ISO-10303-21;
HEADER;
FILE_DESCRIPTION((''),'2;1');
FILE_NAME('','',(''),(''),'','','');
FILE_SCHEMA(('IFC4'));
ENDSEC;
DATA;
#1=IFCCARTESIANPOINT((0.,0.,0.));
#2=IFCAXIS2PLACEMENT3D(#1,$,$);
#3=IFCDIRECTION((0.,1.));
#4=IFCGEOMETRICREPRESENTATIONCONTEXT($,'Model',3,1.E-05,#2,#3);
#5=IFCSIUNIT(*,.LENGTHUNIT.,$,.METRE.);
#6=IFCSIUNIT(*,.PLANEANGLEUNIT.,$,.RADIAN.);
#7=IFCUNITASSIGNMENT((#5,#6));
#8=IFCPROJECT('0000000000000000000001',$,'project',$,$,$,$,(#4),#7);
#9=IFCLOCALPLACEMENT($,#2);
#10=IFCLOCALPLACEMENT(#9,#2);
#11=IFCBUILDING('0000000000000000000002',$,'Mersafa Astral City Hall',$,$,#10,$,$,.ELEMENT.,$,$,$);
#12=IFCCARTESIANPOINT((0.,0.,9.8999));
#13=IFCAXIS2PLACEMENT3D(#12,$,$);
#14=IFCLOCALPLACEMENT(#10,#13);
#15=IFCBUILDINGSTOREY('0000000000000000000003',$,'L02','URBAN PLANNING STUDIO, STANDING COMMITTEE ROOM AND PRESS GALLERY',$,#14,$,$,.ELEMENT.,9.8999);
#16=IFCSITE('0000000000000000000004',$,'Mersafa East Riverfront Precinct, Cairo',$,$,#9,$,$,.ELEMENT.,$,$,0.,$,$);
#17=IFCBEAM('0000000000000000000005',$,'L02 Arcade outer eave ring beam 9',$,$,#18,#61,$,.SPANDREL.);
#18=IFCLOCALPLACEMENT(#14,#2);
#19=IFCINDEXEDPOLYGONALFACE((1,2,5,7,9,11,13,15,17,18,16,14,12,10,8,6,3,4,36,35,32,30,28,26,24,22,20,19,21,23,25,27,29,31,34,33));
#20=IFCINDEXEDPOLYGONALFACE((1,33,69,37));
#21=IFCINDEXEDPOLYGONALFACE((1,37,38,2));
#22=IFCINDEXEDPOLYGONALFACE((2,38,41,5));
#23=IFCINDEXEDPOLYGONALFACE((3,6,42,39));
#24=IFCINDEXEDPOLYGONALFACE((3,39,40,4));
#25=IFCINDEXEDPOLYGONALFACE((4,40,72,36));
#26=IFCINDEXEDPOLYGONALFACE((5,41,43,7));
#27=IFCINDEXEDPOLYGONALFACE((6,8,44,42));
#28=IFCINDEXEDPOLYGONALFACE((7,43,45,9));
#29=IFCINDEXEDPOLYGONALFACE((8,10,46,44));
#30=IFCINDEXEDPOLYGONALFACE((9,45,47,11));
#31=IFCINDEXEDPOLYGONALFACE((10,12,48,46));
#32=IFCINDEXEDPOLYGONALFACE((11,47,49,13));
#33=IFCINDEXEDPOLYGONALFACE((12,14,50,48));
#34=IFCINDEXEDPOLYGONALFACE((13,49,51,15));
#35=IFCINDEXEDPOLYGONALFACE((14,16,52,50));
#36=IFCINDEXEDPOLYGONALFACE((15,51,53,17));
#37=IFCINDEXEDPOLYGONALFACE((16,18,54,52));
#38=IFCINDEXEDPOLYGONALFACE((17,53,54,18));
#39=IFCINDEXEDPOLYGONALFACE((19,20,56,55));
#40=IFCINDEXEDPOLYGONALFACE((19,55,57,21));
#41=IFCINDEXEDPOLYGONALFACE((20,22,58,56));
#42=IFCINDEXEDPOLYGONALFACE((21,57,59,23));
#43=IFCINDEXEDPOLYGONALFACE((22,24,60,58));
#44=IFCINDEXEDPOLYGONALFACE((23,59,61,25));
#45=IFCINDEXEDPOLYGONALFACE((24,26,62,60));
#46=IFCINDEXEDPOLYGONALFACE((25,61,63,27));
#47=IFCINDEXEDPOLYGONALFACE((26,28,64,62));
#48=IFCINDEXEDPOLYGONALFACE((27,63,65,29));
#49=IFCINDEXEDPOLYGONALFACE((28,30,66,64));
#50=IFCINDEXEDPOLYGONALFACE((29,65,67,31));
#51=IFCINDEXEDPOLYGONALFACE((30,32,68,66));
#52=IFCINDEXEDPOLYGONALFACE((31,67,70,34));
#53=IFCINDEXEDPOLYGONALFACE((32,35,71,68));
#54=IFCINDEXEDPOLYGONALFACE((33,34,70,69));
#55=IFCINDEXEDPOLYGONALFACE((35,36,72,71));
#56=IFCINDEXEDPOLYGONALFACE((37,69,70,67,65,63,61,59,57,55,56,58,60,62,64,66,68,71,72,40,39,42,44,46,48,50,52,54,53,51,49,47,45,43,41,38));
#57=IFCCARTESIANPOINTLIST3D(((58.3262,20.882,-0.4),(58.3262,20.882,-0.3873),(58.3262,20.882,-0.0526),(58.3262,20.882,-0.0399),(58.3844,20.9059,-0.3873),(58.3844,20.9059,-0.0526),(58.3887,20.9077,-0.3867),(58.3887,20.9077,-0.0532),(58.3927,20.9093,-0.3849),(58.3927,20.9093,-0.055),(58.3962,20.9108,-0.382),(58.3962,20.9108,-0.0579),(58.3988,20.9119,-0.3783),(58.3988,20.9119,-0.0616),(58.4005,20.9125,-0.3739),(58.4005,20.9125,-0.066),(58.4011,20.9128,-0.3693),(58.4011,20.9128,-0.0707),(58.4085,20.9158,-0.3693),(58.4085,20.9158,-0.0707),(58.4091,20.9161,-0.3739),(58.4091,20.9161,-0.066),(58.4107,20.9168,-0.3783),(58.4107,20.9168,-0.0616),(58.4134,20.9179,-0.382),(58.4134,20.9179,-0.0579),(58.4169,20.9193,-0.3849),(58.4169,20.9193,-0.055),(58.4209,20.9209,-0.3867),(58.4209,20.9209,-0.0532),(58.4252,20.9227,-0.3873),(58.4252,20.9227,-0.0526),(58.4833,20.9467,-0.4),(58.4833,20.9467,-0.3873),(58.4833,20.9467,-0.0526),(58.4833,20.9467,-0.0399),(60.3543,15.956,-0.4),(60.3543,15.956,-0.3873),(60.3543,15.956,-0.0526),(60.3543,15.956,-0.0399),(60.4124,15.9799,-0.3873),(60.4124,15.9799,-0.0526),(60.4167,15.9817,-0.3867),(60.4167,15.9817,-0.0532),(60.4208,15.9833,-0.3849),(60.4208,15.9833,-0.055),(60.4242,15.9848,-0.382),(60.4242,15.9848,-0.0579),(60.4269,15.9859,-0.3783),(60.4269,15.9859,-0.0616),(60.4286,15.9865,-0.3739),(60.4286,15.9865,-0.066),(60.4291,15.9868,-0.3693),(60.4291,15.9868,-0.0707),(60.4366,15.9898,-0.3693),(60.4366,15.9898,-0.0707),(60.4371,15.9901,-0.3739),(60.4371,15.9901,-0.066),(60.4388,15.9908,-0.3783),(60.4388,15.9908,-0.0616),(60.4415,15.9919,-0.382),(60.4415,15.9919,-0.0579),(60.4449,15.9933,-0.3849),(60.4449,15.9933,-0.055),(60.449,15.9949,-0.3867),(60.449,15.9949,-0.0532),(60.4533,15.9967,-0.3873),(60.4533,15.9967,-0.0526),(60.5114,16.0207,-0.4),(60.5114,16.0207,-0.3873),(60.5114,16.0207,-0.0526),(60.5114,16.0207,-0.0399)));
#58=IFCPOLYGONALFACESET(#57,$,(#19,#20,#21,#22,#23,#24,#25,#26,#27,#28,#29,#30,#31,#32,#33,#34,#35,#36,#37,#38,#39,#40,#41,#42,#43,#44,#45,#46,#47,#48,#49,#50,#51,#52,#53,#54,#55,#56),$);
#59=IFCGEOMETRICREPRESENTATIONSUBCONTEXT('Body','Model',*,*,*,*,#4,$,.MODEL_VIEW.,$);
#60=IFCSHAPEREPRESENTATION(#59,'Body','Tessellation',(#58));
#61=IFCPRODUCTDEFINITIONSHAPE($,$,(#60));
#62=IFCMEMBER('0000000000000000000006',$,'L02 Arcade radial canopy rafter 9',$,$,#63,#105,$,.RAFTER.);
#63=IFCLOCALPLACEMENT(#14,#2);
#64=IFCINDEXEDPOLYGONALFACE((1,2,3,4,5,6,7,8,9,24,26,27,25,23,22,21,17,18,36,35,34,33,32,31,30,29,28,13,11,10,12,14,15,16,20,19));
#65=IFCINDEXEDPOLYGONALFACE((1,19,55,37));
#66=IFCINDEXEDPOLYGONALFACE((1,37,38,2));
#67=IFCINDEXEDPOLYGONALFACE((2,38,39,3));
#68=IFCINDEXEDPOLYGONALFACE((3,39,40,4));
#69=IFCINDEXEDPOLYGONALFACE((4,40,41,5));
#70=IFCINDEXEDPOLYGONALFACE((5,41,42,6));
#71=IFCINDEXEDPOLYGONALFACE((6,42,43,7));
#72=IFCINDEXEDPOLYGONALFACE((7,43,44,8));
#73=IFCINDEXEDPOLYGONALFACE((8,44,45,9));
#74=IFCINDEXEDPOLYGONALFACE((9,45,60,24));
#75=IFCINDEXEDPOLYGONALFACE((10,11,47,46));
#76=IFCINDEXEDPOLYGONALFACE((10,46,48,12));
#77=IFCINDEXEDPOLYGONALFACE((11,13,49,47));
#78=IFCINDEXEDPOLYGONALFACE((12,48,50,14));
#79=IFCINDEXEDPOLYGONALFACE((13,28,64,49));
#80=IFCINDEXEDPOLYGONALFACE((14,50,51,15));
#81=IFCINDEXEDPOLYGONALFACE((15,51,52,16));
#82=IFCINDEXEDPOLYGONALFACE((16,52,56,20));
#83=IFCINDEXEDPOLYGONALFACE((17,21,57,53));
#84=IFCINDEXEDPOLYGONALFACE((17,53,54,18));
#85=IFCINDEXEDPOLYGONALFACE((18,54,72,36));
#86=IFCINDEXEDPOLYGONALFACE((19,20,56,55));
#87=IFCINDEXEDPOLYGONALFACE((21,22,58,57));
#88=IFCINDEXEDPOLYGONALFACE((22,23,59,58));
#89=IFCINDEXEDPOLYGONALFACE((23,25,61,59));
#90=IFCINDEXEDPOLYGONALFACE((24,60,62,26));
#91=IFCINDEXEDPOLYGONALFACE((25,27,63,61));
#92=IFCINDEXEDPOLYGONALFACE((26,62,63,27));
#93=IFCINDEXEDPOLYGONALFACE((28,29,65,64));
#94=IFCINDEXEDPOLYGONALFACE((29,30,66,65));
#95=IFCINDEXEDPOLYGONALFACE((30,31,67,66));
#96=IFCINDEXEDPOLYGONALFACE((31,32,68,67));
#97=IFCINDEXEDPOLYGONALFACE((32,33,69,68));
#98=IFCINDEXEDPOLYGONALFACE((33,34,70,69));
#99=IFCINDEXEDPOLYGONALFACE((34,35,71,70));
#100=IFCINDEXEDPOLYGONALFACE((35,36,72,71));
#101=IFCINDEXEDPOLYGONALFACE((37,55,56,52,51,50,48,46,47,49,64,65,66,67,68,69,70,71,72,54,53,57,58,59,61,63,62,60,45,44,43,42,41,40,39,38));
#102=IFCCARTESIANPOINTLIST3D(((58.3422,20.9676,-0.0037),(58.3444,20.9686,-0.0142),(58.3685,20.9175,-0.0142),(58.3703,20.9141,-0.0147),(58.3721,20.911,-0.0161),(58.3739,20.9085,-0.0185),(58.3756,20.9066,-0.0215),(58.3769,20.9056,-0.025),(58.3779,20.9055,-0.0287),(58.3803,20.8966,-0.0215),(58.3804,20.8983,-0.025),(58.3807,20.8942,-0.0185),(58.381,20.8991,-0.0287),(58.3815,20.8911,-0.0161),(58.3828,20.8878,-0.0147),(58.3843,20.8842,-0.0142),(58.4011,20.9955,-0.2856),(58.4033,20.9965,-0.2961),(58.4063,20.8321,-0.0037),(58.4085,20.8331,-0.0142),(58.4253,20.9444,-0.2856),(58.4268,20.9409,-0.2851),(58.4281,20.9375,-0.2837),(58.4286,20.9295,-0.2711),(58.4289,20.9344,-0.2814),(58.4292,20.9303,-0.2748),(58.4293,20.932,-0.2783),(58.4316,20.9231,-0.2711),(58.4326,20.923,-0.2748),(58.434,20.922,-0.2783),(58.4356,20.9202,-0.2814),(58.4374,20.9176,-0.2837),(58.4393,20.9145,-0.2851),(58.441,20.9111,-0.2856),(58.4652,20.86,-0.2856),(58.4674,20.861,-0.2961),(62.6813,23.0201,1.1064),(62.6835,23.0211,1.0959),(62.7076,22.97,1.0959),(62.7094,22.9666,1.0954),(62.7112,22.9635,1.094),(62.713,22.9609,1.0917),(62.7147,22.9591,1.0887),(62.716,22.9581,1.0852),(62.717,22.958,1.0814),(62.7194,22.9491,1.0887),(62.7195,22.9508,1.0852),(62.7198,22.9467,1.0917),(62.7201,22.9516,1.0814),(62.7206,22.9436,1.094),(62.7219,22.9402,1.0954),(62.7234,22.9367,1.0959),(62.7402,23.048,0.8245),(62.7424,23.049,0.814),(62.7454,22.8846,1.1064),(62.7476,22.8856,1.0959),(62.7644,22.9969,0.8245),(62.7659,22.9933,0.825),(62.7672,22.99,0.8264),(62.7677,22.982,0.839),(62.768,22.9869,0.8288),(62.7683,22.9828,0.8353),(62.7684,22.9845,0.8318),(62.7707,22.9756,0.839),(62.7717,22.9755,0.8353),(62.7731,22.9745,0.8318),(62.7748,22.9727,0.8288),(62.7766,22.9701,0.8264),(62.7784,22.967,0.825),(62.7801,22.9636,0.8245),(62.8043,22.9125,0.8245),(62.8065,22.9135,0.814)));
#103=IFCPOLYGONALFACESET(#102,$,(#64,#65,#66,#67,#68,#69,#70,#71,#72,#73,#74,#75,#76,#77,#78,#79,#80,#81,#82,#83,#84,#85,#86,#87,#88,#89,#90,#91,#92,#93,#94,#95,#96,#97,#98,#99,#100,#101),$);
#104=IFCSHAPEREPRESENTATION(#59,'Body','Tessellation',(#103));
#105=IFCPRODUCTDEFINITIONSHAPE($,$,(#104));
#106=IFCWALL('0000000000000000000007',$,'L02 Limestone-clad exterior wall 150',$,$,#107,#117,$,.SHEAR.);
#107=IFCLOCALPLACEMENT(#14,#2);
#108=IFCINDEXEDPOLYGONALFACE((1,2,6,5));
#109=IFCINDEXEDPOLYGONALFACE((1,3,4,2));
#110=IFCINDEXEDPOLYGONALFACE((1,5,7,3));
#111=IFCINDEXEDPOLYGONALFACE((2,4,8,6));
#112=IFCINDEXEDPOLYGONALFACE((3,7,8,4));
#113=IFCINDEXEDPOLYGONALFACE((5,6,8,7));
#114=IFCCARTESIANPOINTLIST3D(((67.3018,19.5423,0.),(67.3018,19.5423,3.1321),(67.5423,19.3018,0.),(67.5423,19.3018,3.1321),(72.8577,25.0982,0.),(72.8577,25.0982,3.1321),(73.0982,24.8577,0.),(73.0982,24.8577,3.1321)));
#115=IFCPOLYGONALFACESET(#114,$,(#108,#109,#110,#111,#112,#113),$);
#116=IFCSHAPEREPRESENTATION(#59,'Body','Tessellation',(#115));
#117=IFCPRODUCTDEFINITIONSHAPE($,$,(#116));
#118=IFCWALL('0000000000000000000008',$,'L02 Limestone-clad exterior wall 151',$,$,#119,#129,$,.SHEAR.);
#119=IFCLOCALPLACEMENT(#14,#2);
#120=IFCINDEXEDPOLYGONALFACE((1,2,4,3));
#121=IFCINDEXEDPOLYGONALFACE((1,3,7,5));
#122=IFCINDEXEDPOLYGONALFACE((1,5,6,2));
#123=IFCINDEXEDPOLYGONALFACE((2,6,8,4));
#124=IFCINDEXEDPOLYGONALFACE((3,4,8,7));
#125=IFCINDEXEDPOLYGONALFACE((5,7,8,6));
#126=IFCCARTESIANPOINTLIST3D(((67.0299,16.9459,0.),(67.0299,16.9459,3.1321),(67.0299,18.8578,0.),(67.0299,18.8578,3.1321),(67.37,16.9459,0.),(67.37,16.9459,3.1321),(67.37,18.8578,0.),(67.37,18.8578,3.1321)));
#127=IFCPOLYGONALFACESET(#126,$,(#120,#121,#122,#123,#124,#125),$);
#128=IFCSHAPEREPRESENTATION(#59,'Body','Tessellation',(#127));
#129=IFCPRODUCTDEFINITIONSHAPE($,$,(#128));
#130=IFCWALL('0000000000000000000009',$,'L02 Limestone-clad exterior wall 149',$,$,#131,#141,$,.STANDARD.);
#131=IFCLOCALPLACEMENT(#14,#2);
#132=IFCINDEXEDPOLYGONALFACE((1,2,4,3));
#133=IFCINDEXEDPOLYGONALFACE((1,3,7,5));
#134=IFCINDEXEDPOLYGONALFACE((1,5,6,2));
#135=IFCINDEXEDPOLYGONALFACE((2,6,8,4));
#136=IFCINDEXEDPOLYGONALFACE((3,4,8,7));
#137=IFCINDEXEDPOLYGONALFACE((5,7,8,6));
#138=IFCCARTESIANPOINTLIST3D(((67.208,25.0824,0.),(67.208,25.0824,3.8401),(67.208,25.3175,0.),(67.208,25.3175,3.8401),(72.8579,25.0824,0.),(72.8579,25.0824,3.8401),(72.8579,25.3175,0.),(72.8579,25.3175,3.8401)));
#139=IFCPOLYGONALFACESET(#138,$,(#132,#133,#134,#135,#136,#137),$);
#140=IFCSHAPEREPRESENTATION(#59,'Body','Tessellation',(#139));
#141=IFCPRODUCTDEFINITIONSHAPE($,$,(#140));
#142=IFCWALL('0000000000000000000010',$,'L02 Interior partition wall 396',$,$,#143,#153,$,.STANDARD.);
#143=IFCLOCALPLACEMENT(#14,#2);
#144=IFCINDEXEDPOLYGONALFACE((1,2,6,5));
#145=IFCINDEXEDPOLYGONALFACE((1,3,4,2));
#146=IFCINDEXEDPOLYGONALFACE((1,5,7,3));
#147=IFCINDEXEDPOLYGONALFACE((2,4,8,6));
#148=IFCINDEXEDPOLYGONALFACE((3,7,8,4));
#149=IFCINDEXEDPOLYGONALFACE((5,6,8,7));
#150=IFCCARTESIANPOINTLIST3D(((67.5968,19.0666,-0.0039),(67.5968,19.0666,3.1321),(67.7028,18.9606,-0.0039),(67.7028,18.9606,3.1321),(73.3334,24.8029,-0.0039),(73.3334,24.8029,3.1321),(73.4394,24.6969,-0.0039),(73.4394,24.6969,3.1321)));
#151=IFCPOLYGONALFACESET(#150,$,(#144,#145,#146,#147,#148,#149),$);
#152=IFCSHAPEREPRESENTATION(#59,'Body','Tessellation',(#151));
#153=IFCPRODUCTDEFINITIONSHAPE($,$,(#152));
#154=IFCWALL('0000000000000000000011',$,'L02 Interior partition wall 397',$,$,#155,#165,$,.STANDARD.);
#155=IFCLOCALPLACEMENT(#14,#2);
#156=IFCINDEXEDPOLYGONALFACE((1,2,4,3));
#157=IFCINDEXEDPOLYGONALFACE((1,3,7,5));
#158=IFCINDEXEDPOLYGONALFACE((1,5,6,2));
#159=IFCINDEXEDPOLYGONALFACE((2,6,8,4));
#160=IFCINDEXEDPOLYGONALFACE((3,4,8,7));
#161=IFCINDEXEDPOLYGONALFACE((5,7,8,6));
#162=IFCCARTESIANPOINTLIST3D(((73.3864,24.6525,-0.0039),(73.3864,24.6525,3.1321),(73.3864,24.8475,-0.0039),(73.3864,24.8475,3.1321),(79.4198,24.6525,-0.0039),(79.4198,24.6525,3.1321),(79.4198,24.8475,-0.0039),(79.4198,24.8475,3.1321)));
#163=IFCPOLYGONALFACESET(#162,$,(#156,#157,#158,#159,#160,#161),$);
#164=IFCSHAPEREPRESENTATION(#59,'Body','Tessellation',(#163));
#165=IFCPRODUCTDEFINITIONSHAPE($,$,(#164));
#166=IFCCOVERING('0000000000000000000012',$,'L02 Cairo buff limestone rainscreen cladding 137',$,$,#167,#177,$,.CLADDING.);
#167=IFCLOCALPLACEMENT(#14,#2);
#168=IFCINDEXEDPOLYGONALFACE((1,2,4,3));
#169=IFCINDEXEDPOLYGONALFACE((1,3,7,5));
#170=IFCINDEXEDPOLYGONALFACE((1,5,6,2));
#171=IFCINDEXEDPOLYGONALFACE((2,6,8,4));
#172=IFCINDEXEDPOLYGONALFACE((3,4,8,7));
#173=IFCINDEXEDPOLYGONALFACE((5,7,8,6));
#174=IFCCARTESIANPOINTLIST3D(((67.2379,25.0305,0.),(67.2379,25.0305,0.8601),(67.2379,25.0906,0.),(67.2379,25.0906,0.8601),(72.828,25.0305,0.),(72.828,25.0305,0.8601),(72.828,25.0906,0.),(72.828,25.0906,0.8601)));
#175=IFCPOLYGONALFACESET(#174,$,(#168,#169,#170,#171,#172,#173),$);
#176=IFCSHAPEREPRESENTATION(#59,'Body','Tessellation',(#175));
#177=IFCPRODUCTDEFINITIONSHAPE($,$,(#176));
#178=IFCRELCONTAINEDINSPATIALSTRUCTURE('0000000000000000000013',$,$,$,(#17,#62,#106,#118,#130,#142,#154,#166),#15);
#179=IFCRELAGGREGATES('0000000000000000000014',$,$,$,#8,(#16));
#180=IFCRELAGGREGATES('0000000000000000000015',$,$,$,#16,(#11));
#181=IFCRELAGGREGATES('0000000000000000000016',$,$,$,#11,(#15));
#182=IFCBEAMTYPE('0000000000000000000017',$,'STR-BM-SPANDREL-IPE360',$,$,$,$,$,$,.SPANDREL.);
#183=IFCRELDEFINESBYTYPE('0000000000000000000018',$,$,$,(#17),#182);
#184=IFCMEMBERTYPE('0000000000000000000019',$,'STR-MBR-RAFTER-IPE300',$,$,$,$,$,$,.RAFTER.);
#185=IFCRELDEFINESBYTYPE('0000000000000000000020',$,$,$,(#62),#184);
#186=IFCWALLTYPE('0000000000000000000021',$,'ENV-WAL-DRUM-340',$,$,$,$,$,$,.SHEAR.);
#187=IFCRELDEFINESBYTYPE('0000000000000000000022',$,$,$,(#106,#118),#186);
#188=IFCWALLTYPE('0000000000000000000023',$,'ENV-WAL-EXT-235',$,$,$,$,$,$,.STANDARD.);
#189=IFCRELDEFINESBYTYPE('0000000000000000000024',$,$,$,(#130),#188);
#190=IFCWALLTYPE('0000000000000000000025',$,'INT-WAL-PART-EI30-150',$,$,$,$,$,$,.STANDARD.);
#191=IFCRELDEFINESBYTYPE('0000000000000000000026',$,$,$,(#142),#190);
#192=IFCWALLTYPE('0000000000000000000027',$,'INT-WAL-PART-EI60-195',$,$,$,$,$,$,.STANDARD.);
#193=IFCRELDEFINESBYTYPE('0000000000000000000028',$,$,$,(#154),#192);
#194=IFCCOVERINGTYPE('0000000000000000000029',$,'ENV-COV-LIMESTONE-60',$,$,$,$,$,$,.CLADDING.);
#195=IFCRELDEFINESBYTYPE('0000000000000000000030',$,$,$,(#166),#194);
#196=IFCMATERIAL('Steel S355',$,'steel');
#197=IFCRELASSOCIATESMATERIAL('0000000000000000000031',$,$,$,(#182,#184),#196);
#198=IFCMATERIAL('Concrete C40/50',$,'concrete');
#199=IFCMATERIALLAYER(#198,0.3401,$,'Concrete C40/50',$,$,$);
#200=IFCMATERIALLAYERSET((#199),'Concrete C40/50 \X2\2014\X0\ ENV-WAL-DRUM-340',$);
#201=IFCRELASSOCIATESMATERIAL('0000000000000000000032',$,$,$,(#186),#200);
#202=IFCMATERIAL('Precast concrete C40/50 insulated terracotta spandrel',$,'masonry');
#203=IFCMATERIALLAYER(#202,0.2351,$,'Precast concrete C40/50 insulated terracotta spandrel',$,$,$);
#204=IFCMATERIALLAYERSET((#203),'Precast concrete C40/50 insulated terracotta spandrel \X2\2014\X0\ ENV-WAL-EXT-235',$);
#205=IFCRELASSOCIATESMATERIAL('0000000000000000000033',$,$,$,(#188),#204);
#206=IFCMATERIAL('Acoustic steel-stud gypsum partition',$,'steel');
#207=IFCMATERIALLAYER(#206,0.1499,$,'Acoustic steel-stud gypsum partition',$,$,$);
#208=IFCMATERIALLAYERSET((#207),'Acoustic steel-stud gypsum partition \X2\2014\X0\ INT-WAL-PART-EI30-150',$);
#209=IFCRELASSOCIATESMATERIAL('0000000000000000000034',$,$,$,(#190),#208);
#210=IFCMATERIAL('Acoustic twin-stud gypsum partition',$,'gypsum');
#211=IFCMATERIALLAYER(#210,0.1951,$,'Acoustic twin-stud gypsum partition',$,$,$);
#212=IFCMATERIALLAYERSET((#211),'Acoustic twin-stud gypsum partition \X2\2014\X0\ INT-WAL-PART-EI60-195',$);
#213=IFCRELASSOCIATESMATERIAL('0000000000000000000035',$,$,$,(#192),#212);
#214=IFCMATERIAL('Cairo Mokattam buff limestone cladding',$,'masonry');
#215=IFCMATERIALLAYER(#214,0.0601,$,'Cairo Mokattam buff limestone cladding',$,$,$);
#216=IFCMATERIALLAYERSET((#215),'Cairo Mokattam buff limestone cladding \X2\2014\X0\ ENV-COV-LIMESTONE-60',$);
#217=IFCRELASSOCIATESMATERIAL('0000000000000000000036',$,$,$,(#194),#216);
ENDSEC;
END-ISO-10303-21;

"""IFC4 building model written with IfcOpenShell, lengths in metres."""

from ifc_helpers import new_model, si_unit, direction, frame, frame_2d, origin, origin_2d, place, context, subcontext, project, spatial, rectangle, i_section, extrude, material, layer, layer_set, material_profile, profile_set, type_object, element, save


model = new_model("IFC4")

# Units and contexts
model_context = context("Model", 3, precision=1e-05, world=origin(), true_north=direction((0.0, 1.0)))
body_context = subcontext(model_context, "Body", "Model", "MODEL_VIEW")
ifc_project = project(units=[si_unit("LENGTHUNIT", "METRE"), si_unit("PLANEANGLEUNIT", "RADIAN")], contexts=[model_context])

# Site, building, storey
site_placement = place(None, origin())
site = spatial("IfcSite", under=ifc_project, at=site_placement, Name="Mersafa East Riverfront Precinct, Cairo", CompositionType="ELEMENT", RefElevation=0.0)
building_placement = place(site_placement, origin())
building = spatial("IfcBuilding", under=site, at=building_placement, Name="Mersafa Astral City Hall", CompositionType="ELEMENT")
storey_placement = place(building_placement, frame((0.0, 0.0, 9.8999)))
storey = spatial("IfcBuildingStorey", under=building, at=storey_placement, Name="L02", Description="URBAN PLANNING STUDIO, STANDING COMMITTEE ROOM AND PRESS GALLERY", CompositionType="ELEMENT", Elevation=9.8999)

# Shared definitions
ifc_material_1 = material(Name="Steel S355", Category="steel")
ifc_material_2 = material(Name="Concrete C40/50", Category="concrete")

# Beam
ifc_material_profile_1 = material_profile(ifc_material_1, i_section(OverallWidth=0.1699, OverallDepth=0.3601, WebThickness=0.0081, FlangeThickness=0.0127, FilletRadius=0.0181, at=origin_2d()), Name="IPE 360")
ifc_profile_set_1 = profile_set([ifc_material_profile_1], Name="Steel S355")
beam_type_1 = type_object("IfcBeamType", Name="STR-BM-SPANDREL-IPE360", PredefinedType="SPANDREL", material=ifc_profile_set_1)
beam_1_placement = place(storey_placement, frame((58.4048, 20.9143, -0.22), z_axis=(0.380704, -0.924697, 0.0), x_axis=(0.924697, 0.380704, 0.0)))
element("IfcBeam", 1, at=beam_1_placement, inside=storey, type_object=beam_type_1, Name="L02 Arcade outer eave ring beam 9", PredefinedType="SPANDREL", context=body_context, shape_type="SweptSolid", body=[
    extrude(i_section(OverallWidth=0.1699, OverallDepth=0.3601, WebThickness=0.0081, FlangeThickness=0.0127, FilletRadius=0.0181, at=origin_2d()), origin(), (0.0, 0.0, 1.0), 5.3271),
])

# Member
ifc_material_profile_2 = material_profile(ifc_material_1, i_section(OverallWidth=0.1499, OverallDepth=0.3, WebThickness=0.0071, FlangeThickness=0.0107, FilletRadius=0.0149, at=origin_2d()), Name="IPE 300")
ifc_profile_set_2 = profile_set([ifc_material_profile_2], Name="Steel S355")
member_type = type_object("IfcMemberType", Name="STR-MBR-RAFTER-IPE300", PredefinedType="RAFTER", material=ifc_profile_set_2)
member_placement = place(storey_placement, frame((58.4048, 20.9143, -0.1499), z_axis=(0.880724, 0.416601, 0.225322), x_axis=(-0.427597, 0.90397, 0.0)))
element("IfcMember", 2, at=member_placement, inside=storey, type_object=member_type, Name="L02 Arcade radial canopy rafter 9", PredefinedType="RAFTER", context=body_context, shape_type="SweptSolid", body=[
    extrude(i_section(OverallWidth=0.1499, OverallDepth=0.3, WebThickness=0.0071, FlangeThickness=0.0107, FilletRadius=0.0149, at=origin_2d()), origin(), (0.0, 0.0, 1.0), 4.9268),
])

# Walls
ifc_layer_1 = layer(ifc_material_2, 0.3401, Name="Concrete C40/50")
ifc_layer_set_1 = layer_set([ifc_layer_1], Name="Concrete C40/50 — ENV-WAL-DRUM-340")
wall_type_1 = type_object("IfcWallType", Name="ENV-WAL-DRUM-340", PredefinedType="SHEAR", material=ifc_layer_set_1)
wall_1_placement = place(storey_placement, frame((72.978, 24.978, 0.0), z_axis=(0.0, 0.0, 1.0), x_axis=(-0.707107, -0.707107, 0.0)))
element("IfcWall", 3, at=wall_1_placement, inside=storey, type_object=wall_type_1, Name="L02 Limestone-clad exterior wall 150", PredefinedType="SHEAR", context=body_context, shape_type="SweptSolid", body=[
    extrude(rectangle(XDim=7.8572, YDim=0.3401, at=frame_2d((3.9287, 0.0))), origin(), (0.0, 0.0, 1.0), 3.1321),
])
wall_2_placement = place(storey_placement, frame((67.2, 18.8579, 0.0), z_axis=(0.0, 0.0, 1.0), x_axis=(0.0, -1.0, 0.0)))
element("IfcWall", 4, at=wall_2_placement, inside=storey, type_object=wall_type_1, Name="L02 Limestone-clad exterior wall 151", PredefinedType="SHEAR", context=body_context, shape_type="SweptSolid", body=[
    extrude(rectangle(XDim=1.9119, YDim=0.3401, at=frame_2d((0.9561, 0.0))), origin(), (0.0, 0.0, 1.0), 3.1321),
])
ifc_material_3 = material(Name="Precast concrete C40/50 insulated terracotta spandrel", Category="masonry")
ifc_layer_2 = layer(ifc_material_3, 0.2351, Name="Precast concrete C40/50 insulated terracotta spandrel")
ifc_layer_set_2 = layer_set([ifc_layer_2], Name="Precast concrete C40/50 insulated terracotta spandrel — ENV-WAL-EXT-235")
wall_type_2 = type_object("IfcWallType", Name="ENV-WAL-EXT-235", PredefinedType="STANDARD", material=ifc_layer_set_2)
wall_3_placement = place(storey_placement, frame((67.208, 25.2, 0.0), z_axis=(0.0, 0.0, 1.0), x_axis=(1.0, 0.0, 0.0)))
element("IfcWall", 5, at=wall_3_placement, inside=storey, type_object=wall_type_2, Name="L02 Limestone-clad exterior wall 149", PredefinedType="STANDARD", context=body_context, shape_type="SweptSolid", body=[
    extrude(rectangle(XDim=5.6499, YDim=0.2351, at=frame_2d((2.825, 0.0))), origin(), (0.0, 0.0, 1.0), 3.8401),
])
ifc_material_4 = material(Name="Acoustic steel-stud gypsum partition", Category="steel")
ifc_layer_3 = layer(ifc_material_4, 0.1499, Name="Acoustic steel-stud gypsum partition")
ifc_layer_set_3 = layer_set([ifc_layer_3], Name="Acoustic steel-stud gypsum partition — INT-WAL-PART-EI30-150")
wall_type_3 = type_object("IfcWallType", Name="INT-WAL-PART-EI30-150", PredefinedType="STANDARD", material=ifc_layer_set_3)
wall_4_placement = place(storey_placement, frame((67.6499, 19.0137, -0.0039), z_axis=(0.0, 0.0, 1.0), x_axis=(0.707122, 0.707092, 0.0)))
element("IfcWall", 6, at=wall_4_placement, inside=storey, type_object=wall_type_3, Name="L02 Interior partition wall 396", PredefinedType="STANDARD", context=body_context, shape_type="SweptSolid", body=[
    extrude(rectangle(XDim=8.1125, YDim=0.1499, at=frame_2d((4.0562, 0.0))), origin(), (0.0, 0.0, 1.0), 3.136),
])
ifc_material_5 = material(Name="Acoustic twin-stud gypsum partition", Category="gypsum")
ifc_layer_4 = layer(ifc_material_5, 0.1951, Name="Acoustic twin-stud gypsum partition")
ifc_layer_set_4 = layer_set([ifc_layer_4], Name="Acoustic twin-stud gypsum partition — INT-WAL-PART-EI60-195")
wall_type_4 = type_object("IfcWallType", Name="INT-WAL-PART-EI60-195", PredefinedType="STANDARD", material=ifc_layer_set_4)
wall_5_placement = place(storey_placement, frame((73.3865, 24.75, -0.0039), z_axis=(0.0, 0.0, 1.0), x_axis=(1.0, 0.0, 0.0)))
element("IfcWall", 7, at=wall_5_placement, inside=storey, type_object=wall_type_4, Name="L02 Interior partition wall 397", PredefinedType="STANDARD", context=body_context, shape_type="SweptSolid", body=[
    extrude(rectangle(XDim=6.0334, YDim=0.1951, at=frame_2d((3.0166, 0.0))), origin(), (0.0, 0.0, 1.0), 3.136),
])

# Covering
ifc_material_6 = material(Name="Cairo Mokattam buff limestone cladding", Category="masonry")
ifc_layer_5 = layer(ifc_material_6, 0.0601, Name="Cairo Mokattam buff limestone cladding")
ifc_layer_set_5 = layer_set([ifc_layer_5], Name="Cairo Mokattam buff limestone cladding — ENV-COV-LIMESTONE-60")
covering_type_1 = type_object("IfcCoveringType", Name="ENV-COV-LIMESTONE-60", PredefinedType="CLADDING", material=ifc_layer_set_5)
covering_1_placement = place(storey_placement, frame((70.033, 25.0605, 0.0), z_axis=(0.0, 0.0, 1.0), x_axis=(1.0, 0.0, 0.0)))
element("IfcCovering", 8, at=covering_1_placement, inside=storey, type_object=covering_type_1, Name="L02 Cairo buff limestone rainscreen cladding 137", PredefinedType="CLADDING", context=body_context, shape_type="SweptSolid", body=[
    extrude(rectangle(XDim=5.5901, YDim=0.0601, at=origin_2d()), origin(), (0.0, 0.0, 1.0), 0.8601),
])

save(model, "model.ifc")
